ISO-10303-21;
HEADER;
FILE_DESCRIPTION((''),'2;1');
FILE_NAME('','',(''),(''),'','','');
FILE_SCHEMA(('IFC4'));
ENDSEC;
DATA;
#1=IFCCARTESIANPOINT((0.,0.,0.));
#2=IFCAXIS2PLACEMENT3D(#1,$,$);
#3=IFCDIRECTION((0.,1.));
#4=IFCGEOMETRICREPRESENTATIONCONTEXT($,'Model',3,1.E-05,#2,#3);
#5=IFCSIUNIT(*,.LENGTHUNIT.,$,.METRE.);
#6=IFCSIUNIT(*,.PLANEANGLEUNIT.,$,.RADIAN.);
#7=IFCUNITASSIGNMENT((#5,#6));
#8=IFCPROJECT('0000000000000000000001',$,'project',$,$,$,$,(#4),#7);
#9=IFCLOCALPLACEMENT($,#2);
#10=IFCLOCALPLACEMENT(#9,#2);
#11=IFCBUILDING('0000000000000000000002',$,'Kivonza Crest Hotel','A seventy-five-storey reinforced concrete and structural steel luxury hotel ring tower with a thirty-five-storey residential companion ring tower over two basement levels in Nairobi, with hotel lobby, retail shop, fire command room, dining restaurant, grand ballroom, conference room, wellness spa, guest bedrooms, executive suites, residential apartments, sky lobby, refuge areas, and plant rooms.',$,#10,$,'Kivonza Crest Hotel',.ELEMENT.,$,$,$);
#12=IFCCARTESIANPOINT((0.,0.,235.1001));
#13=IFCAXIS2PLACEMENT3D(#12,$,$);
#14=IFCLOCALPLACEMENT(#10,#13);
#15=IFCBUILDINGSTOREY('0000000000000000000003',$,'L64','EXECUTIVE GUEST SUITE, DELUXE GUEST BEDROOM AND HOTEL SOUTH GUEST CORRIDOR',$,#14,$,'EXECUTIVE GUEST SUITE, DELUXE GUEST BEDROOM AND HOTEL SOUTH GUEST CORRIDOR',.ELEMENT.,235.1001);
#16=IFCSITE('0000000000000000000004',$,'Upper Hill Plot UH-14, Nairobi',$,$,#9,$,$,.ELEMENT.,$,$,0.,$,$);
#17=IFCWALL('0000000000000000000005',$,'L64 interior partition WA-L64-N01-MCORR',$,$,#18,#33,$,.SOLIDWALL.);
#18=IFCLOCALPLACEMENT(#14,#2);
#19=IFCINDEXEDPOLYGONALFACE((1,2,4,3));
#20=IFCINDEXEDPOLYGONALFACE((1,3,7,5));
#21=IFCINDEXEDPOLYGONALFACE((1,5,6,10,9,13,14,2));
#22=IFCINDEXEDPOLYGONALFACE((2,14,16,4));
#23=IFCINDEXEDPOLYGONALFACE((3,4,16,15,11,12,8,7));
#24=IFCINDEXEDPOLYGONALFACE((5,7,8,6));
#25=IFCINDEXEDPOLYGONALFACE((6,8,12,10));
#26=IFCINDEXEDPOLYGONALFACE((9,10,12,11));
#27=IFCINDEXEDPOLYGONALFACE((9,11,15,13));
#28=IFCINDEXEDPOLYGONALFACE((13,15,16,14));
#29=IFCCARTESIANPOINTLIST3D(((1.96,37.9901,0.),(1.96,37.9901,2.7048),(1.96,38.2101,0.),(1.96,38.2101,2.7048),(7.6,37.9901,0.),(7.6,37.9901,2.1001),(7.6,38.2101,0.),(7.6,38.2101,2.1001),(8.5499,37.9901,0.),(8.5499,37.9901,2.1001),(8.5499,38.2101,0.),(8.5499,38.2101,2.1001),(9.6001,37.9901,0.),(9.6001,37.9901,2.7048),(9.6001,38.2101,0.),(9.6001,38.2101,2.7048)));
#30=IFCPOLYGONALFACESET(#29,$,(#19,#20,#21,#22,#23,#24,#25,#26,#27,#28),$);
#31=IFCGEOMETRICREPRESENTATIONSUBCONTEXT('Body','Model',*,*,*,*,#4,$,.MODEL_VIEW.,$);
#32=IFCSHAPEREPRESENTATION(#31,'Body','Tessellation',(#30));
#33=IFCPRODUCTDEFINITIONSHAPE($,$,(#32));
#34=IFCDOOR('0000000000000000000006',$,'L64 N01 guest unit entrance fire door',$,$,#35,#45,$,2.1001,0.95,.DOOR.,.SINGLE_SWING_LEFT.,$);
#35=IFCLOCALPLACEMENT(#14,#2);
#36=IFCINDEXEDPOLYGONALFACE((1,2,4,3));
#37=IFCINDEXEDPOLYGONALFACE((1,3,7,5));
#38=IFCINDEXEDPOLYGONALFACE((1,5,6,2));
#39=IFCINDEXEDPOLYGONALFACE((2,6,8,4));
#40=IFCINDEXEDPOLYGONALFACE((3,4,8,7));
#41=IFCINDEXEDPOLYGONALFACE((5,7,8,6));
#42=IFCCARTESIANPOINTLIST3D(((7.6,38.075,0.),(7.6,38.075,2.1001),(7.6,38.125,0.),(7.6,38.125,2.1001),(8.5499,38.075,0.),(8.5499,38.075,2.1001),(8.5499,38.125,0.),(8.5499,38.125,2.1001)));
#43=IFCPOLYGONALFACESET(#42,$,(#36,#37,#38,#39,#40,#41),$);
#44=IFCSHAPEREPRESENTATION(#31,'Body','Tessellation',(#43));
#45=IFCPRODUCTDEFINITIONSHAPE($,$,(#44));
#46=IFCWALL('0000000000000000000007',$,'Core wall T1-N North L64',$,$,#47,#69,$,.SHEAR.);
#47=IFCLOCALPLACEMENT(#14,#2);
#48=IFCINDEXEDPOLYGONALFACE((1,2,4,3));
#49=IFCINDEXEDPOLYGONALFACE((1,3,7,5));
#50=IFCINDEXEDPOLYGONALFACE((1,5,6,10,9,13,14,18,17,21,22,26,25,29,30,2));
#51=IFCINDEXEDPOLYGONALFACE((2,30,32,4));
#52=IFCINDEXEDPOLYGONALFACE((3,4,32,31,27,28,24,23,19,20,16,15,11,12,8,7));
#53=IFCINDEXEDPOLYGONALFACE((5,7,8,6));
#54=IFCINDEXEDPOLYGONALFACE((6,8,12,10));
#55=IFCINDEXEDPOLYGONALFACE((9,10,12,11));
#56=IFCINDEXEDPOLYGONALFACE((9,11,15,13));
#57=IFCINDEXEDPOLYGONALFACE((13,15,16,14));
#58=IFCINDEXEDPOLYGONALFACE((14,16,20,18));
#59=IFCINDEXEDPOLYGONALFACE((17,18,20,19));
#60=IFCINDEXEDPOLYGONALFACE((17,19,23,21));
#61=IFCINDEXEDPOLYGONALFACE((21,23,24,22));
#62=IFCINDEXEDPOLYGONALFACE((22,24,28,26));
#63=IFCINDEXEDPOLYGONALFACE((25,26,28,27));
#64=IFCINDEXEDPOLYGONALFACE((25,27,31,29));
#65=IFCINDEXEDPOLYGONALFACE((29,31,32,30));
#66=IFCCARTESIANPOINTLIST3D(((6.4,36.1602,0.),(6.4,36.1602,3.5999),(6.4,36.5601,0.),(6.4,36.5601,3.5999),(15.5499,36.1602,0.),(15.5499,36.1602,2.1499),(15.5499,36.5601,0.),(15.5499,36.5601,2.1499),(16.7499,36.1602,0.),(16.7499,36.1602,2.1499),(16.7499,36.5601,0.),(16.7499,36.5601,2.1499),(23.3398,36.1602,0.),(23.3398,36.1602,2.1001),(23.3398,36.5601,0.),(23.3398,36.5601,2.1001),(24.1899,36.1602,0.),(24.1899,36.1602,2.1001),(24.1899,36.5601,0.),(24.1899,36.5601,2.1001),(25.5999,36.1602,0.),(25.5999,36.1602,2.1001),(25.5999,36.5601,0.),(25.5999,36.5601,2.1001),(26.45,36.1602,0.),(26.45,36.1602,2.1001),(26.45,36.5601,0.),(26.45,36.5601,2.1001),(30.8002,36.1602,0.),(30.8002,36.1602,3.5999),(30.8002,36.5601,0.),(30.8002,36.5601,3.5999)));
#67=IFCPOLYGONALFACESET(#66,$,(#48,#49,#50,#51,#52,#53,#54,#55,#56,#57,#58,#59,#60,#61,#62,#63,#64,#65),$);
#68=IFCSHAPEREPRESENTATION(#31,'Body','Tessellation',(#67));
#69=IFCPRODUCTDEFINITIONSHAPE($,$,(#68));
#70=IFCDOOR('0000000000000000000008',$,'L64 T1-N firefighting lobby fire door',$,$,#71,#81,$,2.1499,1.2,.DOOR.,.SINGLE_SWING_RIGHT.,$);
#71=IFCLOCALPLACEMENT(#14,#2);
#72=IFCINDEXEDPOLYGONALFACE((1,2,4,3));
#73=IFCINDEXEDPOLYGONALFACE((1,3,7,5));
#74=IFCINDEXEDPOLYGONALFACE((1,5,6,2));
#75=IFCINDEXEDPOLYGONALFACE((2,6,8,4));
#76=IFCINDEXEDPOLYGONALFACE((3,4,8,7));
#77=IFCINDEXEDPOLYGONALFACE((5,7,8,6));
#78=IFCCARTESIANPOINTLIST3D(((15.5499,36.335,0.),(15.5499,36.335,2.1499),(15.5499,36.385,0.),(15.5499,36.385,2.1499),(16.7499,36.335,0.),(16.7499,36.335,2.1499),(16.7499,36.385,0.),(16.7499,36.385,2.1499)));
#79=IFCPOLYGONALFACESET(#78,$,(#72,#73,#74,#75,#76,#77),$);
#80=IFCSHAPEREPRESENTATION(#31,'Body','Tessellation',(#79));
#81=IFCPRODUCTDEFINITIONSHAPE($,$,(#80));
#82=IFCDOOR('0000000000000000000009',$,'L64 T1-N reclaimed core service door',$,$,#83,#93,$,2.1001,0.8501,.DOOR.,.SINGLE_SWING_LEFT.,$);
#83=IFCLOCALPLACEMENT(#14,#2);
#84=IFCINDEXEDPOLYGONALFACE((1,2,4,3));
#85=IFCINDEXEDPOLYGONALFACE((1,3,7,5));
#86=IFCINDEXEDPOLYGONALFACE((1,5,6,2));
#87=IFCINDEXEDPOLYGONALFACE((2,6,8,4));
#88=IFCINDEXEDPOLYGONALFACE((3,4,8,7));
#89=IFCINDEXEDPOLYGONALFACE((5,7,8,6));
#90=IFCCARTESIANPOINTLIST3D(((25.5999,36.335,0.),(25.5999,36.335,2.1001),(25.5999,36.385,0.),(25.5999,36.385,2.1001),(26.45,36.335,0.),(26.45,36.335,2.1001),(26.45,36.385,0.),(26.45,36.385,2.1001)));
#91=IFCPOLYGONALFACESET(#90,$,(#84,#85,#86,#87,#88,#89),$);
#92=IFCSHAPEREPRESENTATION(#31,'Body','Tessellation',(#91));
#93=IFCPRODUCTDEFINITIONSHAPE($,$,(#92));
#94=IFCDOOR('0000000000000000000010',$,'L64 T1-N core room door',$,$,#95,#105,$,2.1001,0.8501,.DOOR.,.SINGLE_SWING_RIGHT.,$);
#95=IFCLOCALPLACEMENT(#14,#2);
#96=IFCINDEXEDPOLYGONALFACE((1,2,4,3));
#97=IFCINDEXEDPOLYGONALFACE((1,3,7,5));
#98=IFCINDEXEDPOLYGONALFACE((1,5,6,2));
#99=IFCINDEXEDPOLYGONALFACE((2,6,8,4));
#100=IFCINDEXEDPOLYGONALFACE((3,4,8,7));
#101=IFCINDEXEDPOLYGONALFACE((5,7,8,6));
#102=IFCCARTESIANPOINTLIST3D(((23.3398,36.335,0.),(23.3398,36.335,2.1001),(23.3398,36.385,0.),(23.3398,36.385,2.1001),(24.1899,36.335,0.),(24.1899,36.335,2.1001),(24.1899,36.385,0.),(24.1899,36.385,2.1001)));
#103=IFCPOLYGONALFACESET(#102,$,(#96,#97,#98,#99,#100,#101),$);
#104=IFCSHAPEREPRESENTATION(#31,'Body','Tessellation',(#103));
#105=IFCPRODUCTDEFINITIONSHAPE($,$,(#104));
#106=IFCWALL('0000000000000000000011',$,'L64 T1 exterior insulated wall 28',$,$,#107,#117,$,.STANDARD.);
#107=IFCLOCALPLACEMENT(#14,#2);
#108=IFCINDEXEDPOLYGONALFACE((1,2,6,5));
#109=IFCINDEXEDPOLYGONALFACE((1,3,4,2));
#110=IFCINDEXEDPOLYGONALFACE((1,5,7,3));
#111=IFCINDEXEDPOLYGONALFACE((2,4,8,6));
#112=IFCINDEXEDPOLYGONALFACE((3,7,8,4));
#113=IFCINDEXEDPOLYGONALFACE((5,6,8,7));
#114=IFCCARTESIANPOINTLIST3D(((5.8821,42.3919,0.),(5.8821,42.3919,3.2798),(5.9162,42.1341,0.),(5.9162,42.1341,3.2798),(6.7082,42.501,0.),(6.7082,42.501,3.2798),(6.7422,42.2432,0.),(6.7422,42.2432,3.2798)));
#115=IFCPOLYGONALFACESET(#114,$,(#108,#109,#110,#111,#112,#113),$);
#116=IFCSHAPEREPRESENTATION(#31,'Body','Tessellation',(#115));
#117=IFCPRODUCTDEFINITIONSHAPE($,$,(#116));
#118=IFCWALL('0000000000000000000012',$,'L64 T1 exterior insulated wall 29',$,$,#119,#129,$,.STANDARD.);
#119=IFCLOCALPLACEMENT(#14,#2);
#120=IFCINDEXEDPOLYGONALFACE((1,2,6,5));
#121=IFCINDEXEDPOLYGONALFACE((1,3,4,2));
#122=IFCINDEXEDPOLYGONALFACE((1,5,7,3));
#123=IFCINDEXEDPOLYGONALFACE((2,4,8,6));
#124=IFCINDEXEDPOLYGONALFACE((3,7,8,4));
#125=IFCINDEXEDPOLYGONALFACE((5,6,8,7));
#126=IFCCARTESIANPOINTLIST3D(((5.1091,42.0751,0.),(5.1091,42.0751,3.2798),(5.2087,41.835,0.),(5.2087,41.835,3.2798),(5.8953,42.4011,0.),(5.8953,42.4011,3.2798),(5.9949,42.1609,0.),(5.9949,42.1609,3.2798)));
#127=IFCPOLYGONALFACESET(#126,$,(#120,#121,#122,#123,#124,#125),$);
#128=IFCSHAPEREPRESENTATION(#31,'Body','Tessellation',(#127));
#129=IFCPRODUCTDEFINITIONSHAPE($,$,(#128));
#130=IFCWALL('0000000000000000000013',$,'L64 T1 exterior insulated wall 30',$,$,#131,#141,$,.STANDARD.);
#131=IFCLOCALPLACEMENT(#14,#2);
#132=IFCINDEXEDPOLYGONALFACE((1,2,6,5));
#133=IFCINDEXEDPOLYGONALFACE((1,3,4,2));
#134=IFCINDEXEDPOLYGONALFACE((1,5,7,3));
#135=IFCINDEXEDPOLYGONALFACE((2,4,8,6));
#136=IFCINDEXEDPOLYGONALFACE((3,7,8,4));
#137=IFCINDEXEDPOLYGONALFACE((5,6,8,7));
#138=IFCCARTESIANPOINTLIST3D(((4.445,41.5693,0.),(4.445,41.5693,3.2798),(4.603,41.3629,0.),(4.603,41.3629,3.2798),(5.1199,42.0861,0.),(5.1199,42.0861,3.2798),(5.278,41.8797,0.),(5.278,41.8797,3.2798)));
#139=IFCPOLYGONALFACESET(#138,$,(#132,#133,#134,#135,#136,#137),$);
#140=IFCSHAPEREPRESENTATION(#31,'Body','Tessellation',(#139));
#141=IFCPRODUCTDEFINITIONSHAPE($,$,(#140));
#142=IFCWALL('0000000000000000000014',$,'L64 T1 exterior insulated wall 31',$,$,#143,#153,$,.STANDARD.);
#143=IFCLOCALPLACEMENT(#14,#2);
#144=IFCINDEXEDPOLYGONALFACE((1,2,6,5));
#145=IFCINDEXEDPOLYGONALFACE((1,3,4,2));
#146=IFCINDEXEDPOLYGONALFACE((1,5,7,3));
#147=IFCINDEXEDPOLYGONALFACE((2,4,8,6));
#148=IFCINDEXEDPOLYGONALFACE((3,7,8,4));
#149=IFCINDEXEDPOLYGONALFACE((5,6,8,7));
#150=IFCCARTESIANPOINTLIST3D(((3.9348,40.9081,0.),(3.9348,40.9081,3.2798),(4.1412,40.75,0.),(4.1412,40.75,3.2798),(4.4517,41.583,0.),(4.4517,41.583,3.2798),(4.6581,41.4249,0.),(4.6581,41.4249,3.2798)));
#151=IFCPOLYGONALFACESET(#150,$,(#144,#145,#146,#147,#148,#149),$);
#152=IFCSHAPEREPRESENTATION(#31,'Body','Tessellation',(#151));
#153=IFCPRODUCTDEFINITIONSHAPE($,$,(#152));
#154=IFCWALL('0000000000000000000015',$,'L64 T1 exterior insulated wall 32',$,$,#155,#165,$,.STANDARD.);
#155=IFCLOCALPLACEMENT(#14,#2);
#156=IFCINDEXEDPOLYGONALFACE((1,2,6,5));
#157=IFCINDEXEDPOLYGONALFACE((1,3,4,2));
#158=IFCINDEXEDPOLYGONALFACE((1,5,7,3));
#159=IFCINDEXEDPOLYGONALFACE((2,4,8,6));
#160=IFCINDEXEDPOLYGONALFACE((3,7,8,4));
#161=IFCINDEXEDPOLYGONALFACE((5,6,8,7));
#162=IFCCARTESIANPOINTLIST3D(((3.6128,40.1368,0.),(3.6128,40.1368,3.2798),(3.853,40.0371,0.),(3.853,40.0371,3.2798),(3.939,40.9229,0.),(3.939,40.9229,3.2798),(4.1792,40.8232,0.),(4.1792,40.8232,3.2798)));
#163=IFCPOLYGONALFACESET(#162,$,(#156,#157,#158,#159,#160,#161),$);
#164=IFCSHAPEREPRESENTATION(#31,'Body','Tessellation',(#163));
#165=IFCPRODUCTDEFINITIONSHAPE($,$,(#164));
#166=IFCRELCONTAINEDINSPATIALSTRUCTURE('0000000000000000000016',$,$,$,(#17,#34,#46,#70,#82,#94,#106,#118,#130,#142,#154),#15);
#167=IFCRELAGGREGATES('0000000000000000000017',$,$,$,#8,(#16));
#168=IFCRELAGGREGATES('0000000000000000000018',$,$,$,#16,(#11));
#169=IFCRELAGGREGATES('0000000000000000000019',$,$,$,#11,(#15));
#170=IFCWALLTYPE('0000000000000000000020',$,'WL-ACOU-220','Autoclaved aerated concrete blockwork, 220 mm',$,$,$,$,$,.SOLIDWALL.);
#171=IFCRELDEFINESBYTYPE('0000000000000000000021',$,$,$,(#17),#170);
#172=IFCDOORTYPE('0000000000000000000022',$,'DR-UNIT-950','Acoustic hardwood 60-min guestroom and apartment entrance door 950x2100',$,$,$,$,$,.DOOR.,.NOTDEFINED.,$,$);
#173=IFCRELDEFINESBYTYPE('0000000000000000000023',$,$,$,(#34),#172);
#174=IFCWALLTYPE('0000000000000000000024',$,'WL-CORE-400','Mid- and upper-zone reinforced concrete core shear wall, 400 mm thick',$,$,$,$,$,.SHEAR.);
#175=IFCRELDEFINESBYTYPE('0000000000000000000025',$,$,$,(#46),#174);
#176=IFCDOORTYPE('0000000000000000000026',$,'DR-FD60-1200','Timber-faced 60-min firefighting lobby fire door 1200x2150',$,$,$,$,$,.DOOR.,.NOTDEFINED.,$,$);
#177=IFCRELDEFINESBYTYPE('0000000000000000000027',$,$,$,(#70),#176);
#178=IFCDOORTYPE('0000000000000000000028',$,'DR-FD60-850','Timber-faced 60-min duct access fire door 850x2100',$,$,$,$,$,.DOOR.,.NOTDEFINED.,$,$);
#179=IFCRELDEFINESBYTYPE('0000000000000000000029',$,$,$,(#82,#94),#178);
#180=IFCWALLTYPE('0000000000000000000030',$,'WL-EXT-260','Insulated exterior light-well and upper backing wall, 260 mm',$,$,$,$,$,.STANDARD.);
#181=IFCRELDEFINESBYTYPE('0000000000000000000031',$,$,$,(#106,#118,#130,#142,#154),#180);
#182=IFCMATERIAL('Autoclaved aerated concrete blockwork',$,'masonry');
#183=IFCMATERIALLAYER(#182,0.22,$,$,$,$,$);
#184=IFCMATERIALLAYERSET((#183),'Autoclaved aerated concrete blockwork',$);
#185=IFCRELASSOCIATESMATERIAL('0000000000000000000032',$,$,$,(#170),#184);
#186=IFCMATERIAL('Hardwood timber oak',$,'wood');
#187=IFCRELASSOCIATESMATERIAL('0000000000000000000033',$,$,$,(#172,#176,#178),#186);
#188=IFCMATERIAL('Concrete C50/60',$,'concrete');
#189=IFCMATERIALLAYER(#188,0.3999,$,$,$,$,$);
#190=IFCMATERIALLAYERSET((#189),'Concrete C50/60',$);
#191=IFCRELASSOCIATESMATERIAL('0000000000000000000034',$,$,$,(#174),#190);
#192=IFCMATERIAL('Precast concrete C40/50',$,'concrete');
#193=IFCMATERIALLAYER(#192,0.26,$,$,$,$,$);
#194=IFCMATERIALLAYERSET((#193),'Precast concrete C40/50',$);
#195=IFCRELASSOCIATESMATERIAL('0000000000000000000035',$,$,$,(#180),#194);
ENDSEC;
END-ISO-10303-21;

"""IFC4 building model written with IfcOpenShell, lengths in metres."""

from ifc_helpers import new_model, si_unit, direction, frame, frame_2d, origin, place, context, subcontext, project, spatial, rectangle, extrude, material, layer, layer_set, type_object, element, fill, save


model = new_model("IFC4")

# Units and contexts
model_context = context("Model", 3, precision=1e-05, world=origin(), true_north=direction((0.0, 1.0)))
body_context = subcontext(model_context, "Body", "Model", "MODEL_VIEW")
ifc_project = project(units=[si_unit("LENGTHUNIT", "METRE"), si_unit("PLANEANGLEUNIT", "RADIAN")], contexts=[model_context])

# Site, building, storey
site_placement = place(None, origin())
site = spatial("IfcSite", under=ifc_project, at=site_placement, Name="Upper Hill Plot UH-14, Nairobi", CompositionType="ELEMENT", RefElevation=0.0)
building_placement = place(site_placement, origin())
building = spatial("IfcBuilding", under=site, at=building_placement, Name="Kivonza Crest Hotel", Description="A seventy-five-storey reinforced concrete and structural steel luxury hotel ring tower with a thirty-five-storey residential companion ring tower over two basement levels in Nairobi, with hotel lobby, retail shop, fire command room, dining restaurant, grand ballroom, conference room, wellness spa, guest bedrooms, executive suites, residential apartments, sky lobby, refuge areas, and plant rooms.", LongName="Kivonza Crest Hotel", CompositionType="ELEMENT")
storey_placement = place(building_placement, frame((0.0, 0.0, 235.1001)))
storey = spatial("IfcBuildingStorey", under=building, at=storey_placement, Name="L64", Description="EXECUTIVE GUEST SUITE, DELUXE GUEST BEDROOM AND HOTEL SOUTH GUEST CORRIDOR", LongName="EXECUTIVE GUEST SUITE, DELUXE GUEST BEDROOM AND HOTEL SOUTH GUEST CORRIDOR", CompositionType="ELEMENT", Elevation=235.1001)

# Shared definitions
ifc_material_1 = material(Name="Concrete C50/60", Category="concrete")

# Shared definitions
ifc_material_2 = material(Name="Autoclaved aerated concrete blockwork", Category="masonry")
ifc_layer_1 = layer(ifc_material_2, 0.22)
ifc_layer_set_1 = layer_set([ifc_layer_1], Name="Autoclaved aerated concrete blockwork")
wall_type_1 = type_object("IfcWallType", Name="WL-ACOU-220", Description="Autoclaved aerated concrete blockwork, 220 mm", PredefinedType="SOLIDWALL", material=ifc_layer_set_1)

# Wall, opening, door
wall_1_placement = place(storey_placement, frame((1.96, 38.1001, 0.0), z_axis=(0.0, 0.0, 1.0), x_axis=(1.0, 0.0, 0.0)))
wall_1 = element("IfcWall", 1, at=wall_1_placement, inside=storey, type_object=wall_type_1, Name="L64 interior partition WA-L64-N01-MCORR", PredefinedType="SOLIDWALL", context=body_context, shape_type="SweptSolid", body=[
    extrude(rectangle(XDim=7.6401, YDim=0.22, at=frame_2d((3.8201, 0.0))), origin(), (0.0, 0.0, 1.0), 2.7048),
])
opening_1_placement = place(wall_1_placement, frame((5.6399, 0.0, 0.0)))
opening_1 = element("IfcOpeningElement", 2, at=opening_1_placement, cuts=wall_1, PredefinedType="OPENING", context=body_context, shape_type="SweptSolid", body=[
    extrude(rectangle(XDim=0.95, YDim=2.1001, at=frame_2d((0.4751, 1.05))), frame((0.0, 0.1201, 0.0), z_axis=(0.0, -1.0, 0.0), x_axis=(1.0, 0.0, 0.0)), (0.0, 0.0, 1.0), 0.24),
])
ifc_material_3 = material(Name="Hardwood timber oak", Category="wood")
door_type_1 = type_object("IfcDoorType", Name="DR-UNIT-950", Description="Acoustic hardwood 60-min guestroom and apartment entrance door 950x2100", OperationType="NOTDEFINED", PredefinedType="DOOR", material=ifc_material_3)
door_1_placement = place(opening_1_placement, origin())
door_1 = element("IfcDoor", 3, at=door_1_placement, inside=storey, type_object=door_type_1, Name="L64 N01 guest unit entrance fire door", OperationType="SINGLE_SWING_LEFT", OverallHeight=2.1001, OverallWidth=0.95, PredefinedType="DOOR", context=body_context, shape_type="SweptSolid", body=[
    extrude(rectangle(XDim=0.95, YDim=2.1001, at=frame_2d((0.4751, 1.05))), frame((0.0, 0.0249, 0.0), z_axis=(0.0, -1.0, 0.0), x_axis=(1.0, 0.0, 0.0)), (0.0, 0.0, 1.0), 0.05),
])
fill(opening_1, door_1)

# Wall, openings, doors
ifc_layer_2 = layer(ifc_material_1, 0.3999)
ifc_layer_set_2 = layer_set([ifc_layer_2], Name="Concrete C50/60")
wall_type_2 = type_object("IfcWallType", Name="WL-CORE-400", Description="Mid- and upper-zone reinforced concrete core shear wall, 400 mm thick", PredefinedType="SHEAR", material=ifc_layer_set_2)
wall_2_placement = place(storey_placement, frame((6.3999, 36.3601, 0.0), z_axis=(0.0, 0.0, 1.0), x_axis=(1.0, 0.0, 0.0)))
wall_2 = element("IfcWall", 4, at=wall_2_placement, inside=storey, type_object=wall_type_2, Name="Core wall T1-N North L64", PredefinedType="SHEAR", context=body_context, shape_type="SweptSolid", body=[
    extrude(rectangle(XDim=24.4001, YDim=0.3999, at=frame_2d((12.2002, 0.0))), origin(), (0.0, 0.0, 1.0), 3.5999),
])
opening_2_placement = place(wall_2_placement, frame((9.1499, 0.0, 0.0)))
opening_2 = element("IfcOpeningElement", 5, at=opening_2_placement, cuts=wall_2, PredefinedType="OPENING", context=body_context, shape_type="SweptSolid", body=[
    extrude(rectangle(XDim=1.2, YDim=2.1499, at=frame_2d((0.6001, 1.075))), frame((0.0, 0.21, 0.0), z_axis=(0.0, -1.0, 0.0), x_axis=(1.0, 0.0, 0.0)), (0.0, 0.0, 1.0), 0.4199),
])
opening_3_placement = place(wall_2_placement, frame((19.2, 0.0, 0.0)))
opening_3 = element("IfcOpeningElement", 6, at=opening_3_placement, cuts=wall_2, PredefinedType="OPENING", context=body_context, shape_type="SweptSolid", body=[
    extrude(rectangle(XDim=0.8501, YDim=2.1001, at=frame_2d((0.425, 1.05))), frame((0.0, 0.21, 0.0), z_axis=(0.0, -1.0, 0.0), x_axis=(1.0, 0.0, 0.0)), (0.0, 0.0, 1.0), 0.4199),
])
opening_4_placement = place(wall_2_placement, frame((16.9399, 0.0, 0.0)))
opening_4 = element("IfcOpeningElement", 7, at=opening_4_placement, cuts=wall_2, PredefinedType="OPENING", context=body_context, shape_type="SweptSolid", body=[
    extrude(rectangle(XDim=0.8501, YDim=2.1001, at=frame_2d((0.425, 1.05))), frame((0.0, 0.21, 0.0), z_axis=(0.0, -1.0, 0.0), x_axis=(1.0, 0.0, 0.0)), (0.0, 0.0, 1.0), 0.4199),
])
door_type_2 = type_object("IfcDoorType", Name="DR-FD60-1200", Description="Timber-faced 60-min firefighting lobby fire door 1200x2150", OperationType="NOTDEFINED", PredefinedType="DOOR", material=ifc_material_3)
door_2_placement = place(opening_2_placement, origin())
door_2 = element("IfcDoor", 8, at=door_2_placement, inside=storey, type_object=door_type_2, Name="L64 T1-N firefighting lobby fire door", OperationType="SINGLE_SWING_RIGHT", OverallHeight=2.1499, OverallWidth=1.2, PredefinedType="DOOR", context=body_context, shape_type="SweptSolid", body=[
    extrude(rectangle(XDim=1.2, YDim=2.1499, at=frame_2d((0.6001, 1.075))), frame((0.0, 0.0249, 0.0), z_axis=(0.0, -1.0, 0.0), x_axis=(1.0, 0.0, 0.0)), (0.0, 0.0, 1.0), 0.05),
])
fill(opening_2, door_2)
door_type_3 = type_object("IfcDoorType", Name="DR-FD60-850", Description="Timber-faced 60-min duct access fire door 850x2100", OperationType="NOTDEFINED", PredefinedType="DOOR", material=ifc_material_3)
door_3_placement = place(opening_3_placement, origin())
door_3 = element("IfcDoor", 9, at=door_3_placement, inside=storey, type_object=door_type_3, Name="L64 T1-N reclaimed core service door", OperationType="SINGLE_SWING_LEFT", OverallHeight=2.1001, OverallWidth=0.8501, PredefinedType="DOOR", context=body_context, shape_type="SweptSolid", body=[
    extrude(rectangle(XDim=0.8501, YDim=2.1001, at=frame_2d((0.425, 1.05))), frame((0.0, 0.0249, 0.0), z_axis=(0.0, -1.0, 0.0), x_axis=(1.0, 0.0, 0.0)), (0.0, 0.0, 1.0), 0.05),
])
fill(opening_3, door_3)
door_4_placement = place(opening_4_placement, origin())
door_4 = element("IfcDoor", 10, at=door_4_placement, inside=storey, type_object=door_type_3, Name="L64 T1-N core room door", OperationType="SINGLE_SWING_RIGHT", OverallHeight=2.1001, OverallWidth=0.8501, PredefinedType="DOOR", context=body_context, shape_type="SweptSolid", body=[
    extrude(rectangle(XDim=0.8501, YDim=2.1001, at=frame_2d((0.425, 1.05))), frame((0.0, 0.0249, 0.0), z_axis=(0.0, -1.0, 0.0), x_axis=(1.0, 0.0, 0.0)), (0.0, 0.0, 1.0), 0.05),
])
fill(opening_4, door_4)

# Walls
ifc_material_4 = material(Name="Precast concrete C40/50", Category="concrete")
ifc_layer_3 = layer(ifc_material_4, 0.26)
ifc_layer_set_3 = layer_set([ifc_layer_3], Name="Precast concrete C40/50")
wall_type_3 = type_object("IfcWallType", Name="WL-EXT-260", Description="Insulated exterior light-well and upper backing wall, 260 mm", PredefinedType="STANDARD", material=ifc_layer_set_3)
wall_3_placement = place(storey_placement, frame((6.7251, 42.3721, 0.0), z_axis=(0.0, 0.0, 1.0), x_axis=(-0.991388, -0.130955, 0.0)))
element("IfcWall", 11, at=wall_3_placement, inside=storey, type_object=wall_type_3, Name="L64 T1 exterior insulated wall 28", PredefinedType="STANDARD", context=body_context, shape_type="SweptSolid", body=[
    extrude(rectangle(XDim=0.8333, YDim=0.26, at=frame_2d((0.4165, 0.0))), origin(), (0.0, 0.0, 1.0), 3.2798),
])
wall_4_placement = place(storey_placement, frame((5.9451, 42.281, 0.0), z_axis=(0.0, 0.0, 1.0), x_axis=(-0.923754, -0.382985, 0.0)))
element("IfcWall", 12, at=wall_4_placement, inside=storey, type_object=wall_type_3, Name="L64 T1 exterior insulated wall 29", PredefinedType="STANDARD", context=body_context, shape_type="SweptSolid", body=[
    extrude(rectangle(XDim=0.8511, YDim=0.26, at=frame_2d((0.4255, 0.0))), origin(), (0.0, 0.0, 1.0), 3.2798),
])
for number, where, z_axis, x_axis, name in (
    (13, (5.199, 41.9829, 0.0), (0.0, 0.0, 1.0), (-0.793999, -0.607919, 0.0), "L64 T1 exterior insulated wall 30"),
    (14, (4.5549, 41.5039, 0.0), (0.0, 0.0, 1.0), (-0.608058, -0.793893, 0.0), "L64 T1 exterior insulated wall 31"),
):
    element("IfcWall", number, at=place(storey_placement, frame(where, z_axis=z_axis, x_axis=x_axis)), inside=storey, type_object=wall_type_3, Name=name, PredefinedType="STANDARD", context=body_context, shape_type="SweptSolid", body=[
        extrude(rectangle(XDim=0.8501, YDim=0.26, at=frame_2d((0.425, 0.0))), origin(), (0.0, 0.0, 1.0), 3.2798),
    ])
wall_5_placement = place(storey_placement, frame((4.0591, 40.873, 0.0), z_axis=(0.0, 0.0, 1.0), x_axis=(-0.38323, -0.923653, 0.0)))
element("IfcWall", 15, at=wall_5_placement, inside=storey, type_object=wall_type_3, Name="L64 T1 exterior insulated wall 32", PredefinedType="STANDARD", context=body_context, shape_type="SweptSolid", body=[
    extrude(rectangle(XDim=0.8511, YDim=0.26, at=frame_2d((0.4255, 0.0))), origin(), (0.0, 0.0, 1.0), 3.2798),
])

save(model, "model.ifc")
